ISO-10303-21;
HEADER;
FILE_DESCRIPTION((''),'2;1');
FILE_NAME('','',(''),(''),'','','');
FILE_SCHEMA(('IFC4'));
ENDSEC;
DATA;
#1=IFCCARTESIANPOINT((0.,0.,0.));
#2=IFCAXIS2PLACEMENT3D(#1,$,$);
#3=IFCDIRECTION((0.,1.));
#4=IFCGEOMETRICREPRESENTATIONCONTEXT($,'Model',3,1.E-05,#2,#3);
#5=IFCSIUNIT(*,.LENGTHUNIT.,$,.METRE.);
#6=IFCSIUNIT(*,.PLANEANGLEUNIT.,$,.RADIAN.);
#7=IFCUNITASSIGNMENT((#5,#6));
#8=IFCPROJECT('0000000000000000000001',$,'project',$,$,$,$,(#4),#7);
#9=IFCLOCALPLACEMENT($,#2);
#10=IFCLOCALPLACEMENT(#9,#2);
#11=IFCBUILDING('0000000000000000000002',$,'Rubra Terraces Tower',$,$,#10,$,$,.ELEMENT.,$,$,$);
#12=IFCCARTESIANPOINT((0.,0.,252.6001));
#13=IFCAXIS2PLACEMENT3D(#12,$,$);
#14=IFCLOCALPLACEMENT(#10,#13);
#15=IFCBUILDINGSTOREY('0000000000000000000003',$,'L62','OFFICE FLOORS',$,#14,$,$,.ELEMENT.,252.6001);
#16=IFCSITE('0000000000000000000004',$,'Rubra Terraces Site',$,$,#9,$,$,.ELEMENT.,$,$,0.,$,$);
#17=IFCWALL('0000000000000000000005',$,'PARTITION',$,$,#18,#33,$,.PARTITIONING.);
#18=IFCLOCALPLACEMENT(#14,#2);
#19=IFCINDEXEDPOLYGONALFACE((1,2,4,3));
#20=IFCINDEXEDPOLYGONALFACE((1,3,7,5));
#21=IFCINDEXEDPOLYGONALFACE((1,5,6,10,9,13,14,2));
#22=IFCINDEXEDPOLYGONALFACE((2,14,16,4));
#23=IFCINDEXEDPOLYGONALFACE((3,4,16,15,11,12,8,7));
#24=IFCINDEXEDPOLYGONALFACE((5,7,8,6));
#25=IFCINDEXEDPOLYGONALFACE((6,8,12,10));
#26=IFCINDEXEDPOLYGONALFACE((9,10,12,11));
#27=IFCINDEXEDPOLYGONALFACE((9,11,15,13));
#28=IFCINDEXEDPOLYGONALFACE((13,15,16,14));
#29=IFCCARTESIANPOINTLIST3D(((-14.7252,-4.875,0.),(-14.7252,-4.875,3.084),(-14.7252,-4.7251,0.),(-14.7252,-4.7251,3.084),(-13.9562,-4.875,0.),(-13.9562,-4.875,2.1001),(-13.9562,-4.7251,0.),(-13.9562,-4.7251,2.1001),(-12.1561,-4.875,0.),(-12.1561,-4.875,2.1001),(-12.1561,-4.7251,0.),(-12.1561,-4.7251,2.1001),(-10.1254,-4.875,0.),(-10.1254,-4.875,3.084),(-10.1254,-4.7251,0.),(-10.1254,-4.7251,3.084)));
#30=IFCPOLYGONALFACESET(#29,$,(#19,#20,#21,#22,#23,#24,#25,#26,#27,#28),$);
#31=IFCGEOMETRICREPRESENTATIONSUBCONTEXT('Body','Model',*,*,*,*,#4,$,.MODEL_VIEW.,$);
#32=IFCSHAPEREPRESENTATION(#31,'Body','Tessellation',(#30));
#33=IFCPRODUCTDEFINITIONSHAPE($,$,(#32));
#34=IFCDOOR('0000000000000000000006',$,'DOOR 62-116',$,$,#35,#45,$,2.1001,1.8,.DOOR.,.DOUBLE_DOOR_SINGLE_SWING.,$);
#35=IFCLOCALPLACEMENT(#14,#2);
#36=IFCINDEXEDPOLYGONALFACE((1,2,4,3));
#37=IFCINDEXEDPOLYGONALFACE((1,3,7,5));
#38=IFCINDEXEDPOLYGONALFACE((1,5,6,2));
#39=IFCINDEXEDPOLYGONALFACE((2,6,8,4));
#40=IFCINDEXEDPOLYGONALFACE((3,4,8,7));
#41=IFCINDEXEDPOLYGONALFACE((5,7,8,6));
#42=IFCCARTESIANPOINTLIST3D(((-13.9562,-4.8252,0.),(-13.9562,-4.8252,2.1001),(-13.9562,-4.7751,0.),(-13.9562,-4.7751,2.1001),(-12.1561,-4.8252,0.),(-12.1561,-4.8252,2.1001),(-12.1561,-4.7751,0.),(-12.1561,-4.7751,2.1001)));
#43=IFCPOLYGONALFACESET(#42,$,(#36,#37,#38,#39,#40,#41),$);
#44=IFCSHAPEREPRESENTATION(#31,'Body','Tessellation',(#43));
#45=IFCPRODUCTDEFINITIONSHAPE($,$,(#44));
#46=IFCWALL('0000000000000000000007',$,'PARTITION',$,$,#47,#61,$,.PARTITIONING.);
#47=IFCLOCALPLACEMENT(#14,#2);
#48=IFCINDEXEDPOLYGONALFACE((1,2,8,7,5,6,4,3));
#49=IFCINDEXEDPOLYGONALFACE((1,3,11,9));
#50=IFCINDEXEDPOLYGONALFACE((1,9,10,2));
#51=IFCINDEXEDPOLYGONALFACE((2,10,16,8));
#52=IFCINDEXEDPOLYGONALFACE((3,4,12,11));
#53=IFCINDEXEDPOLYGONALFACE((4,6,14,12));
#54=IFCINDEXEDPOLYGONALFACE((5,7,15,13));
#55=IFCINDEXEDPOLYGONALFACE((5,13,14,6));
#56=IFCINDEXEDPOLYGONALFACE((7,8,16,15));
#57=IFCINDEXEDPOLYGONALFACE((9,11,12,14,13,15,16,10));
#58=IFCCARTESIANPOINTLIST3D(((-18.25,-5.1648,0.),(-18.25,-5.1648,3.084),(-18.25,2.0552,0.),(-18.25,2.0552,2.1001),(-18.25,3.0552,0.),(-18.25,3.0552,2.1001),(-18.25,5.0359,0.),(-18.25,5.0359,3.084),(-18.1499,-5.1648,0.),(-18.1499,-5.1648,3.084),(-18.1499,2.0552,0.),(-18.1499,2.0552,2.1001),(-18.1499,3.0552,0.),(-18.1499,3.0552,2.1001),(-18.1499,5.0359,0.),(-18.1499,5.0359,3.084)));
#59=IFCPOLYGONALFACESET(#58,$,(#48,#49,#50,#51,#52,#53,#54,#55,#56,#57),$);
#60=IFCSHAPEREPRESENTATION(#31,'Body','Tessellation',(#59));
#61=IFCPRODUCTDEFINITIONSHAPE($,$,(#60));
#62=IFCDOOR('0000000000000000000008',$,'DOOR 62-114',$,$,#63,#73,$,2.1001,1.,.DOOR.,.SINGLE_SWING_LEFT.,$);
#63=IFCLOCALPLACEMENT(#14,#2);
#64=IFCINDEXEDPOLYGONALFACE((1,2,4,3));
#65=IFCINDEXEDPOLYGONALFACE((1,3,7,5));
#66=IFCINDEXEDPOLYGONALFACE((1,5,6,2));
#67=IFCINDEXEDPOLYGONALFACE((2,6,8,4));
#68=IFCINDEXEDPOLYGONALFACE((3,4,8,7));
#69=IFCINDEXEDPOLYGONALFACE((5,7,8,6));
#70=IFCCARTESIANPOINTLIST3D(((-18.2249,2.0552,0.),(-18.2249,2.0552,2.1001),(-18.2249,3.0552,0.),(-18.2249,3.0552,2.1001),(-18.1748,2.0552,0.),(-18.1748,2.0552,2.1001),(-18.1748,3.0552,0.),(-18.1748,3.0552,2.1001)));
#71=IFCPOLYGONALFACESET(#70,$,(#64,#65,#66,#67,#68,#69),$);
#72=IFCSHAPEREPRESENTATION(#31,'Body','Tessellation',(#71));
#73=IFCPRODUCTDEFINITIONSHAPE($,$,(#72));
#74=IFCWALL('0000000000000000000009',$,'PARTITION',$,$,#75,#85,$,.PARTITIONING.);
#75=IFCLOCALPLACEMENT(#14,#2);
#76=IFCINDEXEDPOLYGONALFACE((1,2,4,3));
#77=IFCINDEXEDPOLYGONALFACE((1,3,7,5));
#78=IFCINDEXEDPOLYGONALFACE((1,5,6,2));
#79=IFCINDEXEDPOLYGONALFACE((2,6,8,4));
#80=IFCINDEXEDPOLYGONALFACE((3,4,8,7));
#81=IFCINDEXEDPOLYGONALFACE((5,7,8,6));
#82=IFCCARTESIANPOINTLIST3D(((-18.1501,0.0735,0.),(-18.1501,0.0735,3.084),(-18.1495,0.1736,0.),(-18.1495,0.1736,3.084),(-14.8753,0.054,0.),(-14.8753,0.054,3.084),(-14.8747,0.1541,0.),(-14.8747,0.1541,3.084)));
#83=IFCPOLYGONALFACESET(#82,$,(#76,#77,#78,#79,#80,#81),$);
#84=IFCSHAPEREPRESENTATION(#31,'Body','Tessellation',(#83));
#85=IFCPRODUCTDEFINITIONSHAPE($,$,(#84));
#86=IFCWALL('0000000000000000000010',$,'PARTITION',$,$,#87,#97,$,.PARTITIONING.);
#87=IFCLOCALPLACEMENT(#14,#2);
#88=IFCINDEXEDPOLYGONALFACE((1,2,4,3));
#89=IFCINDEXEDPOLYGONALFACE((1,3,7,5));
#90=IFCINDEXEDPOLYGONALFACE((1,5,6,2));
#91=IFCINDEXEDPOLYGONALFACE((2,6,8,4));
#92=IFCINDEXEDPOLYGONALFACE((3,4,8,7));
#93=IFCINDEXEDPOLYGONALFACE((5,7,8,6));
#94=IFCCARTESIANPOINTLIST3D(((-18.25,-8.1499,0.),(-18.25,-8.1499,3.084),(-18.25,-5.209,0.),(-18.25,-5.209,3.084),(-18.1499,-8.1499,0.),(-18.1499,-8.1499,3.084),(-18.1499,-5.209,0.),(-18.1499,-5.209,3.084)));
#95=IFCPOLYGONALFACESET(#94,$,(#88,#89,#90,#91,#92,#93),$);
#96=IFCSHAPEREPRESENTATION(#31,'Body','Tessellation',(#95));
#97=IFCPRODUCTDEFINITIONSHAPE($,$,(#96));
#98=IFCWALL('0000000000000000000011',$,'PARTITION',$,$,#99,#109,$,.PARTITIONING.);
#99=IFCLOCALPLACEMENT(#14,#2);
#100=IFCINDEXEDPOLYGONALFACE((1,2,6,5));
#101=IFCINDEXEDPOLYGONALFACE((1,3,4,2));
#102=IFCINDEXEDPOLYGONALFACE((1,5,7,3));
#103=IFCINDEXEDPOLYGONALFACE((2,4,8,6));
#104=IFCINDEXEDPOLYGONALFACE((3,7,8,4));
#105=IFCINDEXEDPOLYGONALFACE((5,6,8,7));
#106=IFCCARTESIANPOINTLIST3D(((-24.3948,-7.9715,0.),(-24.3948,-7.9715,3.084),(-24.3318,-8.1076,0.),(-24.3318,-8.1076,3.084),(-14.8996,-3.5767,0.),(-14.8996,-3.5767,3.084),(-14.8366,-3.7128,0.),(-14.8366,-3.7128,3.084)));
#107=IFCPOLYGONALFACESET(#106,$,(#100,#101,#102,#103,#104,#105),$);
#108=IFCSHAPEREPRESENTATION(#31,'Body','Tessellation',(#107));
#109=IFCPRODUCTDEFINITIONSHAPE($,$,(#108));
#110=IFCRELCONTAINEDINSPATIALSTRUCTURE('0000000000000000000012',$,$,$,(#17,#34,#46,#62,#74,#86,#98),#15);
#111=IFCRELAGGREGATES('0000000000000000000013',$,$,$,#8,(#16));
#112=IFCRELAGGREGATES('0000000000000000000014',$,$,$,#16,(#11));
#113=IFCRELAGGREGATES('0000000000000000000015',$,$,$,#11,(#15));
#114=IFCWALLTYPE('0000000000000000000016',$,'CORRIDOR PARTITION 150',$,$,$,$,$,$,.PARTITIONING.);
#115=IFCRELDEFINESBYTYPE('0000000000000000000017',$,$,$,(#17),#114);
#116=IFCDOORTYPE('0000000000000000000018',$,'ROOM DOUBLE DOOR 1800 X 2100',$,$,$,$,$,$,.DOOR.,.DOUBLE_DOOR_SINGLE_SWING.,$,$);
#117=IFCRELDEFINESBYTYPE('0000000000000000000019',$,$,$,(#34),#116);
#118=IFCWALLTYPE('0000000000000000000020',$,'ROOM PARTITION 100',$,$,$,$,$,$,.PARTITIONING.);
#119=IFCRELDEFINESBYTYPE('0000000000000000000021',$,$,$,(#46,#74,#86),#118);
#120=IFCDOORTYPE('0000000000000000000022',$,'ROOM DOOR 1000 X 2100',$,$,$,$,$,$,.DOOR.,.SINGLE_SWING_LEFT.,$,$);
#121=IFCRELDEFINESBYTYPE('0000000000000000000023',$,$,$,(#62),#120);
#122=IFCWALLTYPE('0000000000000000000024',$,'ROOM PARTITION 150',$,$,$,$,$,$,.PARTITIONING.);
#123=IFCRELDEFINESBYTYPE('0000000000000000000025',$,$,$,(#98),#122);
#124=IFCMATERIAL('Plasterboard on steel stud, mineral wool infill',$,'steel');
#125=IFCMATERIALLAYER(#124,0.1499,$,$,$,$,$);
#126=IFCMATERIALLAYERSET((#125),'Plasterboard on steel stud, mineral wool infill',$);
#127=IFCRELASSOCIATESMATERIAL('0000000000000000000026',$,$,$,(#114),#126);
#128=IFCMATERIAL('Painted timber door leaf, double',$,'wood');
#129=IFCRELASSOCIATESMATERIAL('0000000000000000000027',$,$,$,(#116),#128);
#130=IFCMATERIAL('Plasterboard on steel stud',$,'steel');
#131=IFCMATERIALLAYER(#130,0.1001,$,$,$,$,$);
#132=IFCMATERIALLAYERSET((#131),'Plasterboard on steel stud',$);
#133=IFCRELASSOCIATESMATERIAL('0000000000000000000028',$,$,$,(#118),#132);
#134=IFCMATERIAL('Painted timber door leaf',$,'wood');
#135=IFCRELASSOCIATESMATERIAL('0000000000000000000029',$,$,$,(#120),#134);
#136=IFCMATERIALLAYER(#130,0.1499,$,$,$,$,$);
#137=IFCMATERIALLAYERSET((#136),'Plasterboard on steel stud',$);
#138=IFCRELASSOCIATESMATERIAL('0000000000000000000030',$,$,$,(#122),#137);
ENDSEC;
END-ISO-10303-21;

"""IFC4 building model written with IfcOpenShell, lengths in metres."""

from ifc_helpers import new_model, si_unit, direction, frame, frame_2d, origin, place, context, subcontext, project, spatial, rectangle, extrude, material, layer, layer_set, type_object, element, fill, save


model = new_model("IFC4")

# Units and contexts
model_context = context("Model", 3, precision=1e-05, world=origin(), true_north=direction((0.0, 1.0)))
body_context = subcontext(model_context, "Body", "Model", "MODEL_VIEW")
ifc_project = project(units=[si_unit("LENGTHUNIT", "METRE"), si_unit("PLANEANGLEUNIT", "RADIAN")], contexts=[model_context])

# Site, building, storey
site_placement = place(None, origin())
site = spatial("IfcSite", under=ifc_project, at=site_placement, Name="Rubra Terraces Site", CompositionType="ELEMENT", RefElevation=0.0)
building_placement = place(site_placement, origin())
building = spatial("IfcBuilding", under=site, at=building_placement, Name="Rubra Terraces Tower", CompositionType="ELEMENT")
storey_placement = place(building_placement, frame((0.0, 0.0, 252.6001)))
storey = spatial("IfcBuildingStorey", under=building, at=storey_placement, Name="L62", Description="OFFICE FLOORS", CompositionType="ELEMENT", Elevation=252.6001)

# Shared definitions
ifc_material_1 = material(Name="Plasterboard on steel stud, mineral wool infill", Category="steel")
ifc_layer_1 = layer(ifc_material_1, 0.1499)
ifc_layer_set_1 = layer_set([ifc_layer_1], Name="Plasterboard on steel stud, mineral wool infill")
wall_type_1 = type_object("IfcWallType", Name="CORRIDOR PARTITION 150", PredefinedType="PARTITIONING", material=ifc_layer_set_1)

# Walls, openings, doors
wall_1_placement = place(storey_placement, frame((-14.7251, -4.8, 0.0), z_axis=(0.0, 0.0, 1.0), x_axis=(1.0, 0.0, 0.0)))
wall_1 = element("IfcWall", 1, at=wall_1_placement, inside=storey, type_object=wall_type_1, Name="PARTITION", PredefinedType="PARTITIONING", context=body_context, shape_type="SweptSolid", body=[
    extrude(rectangle(XDim=4.5999, YDim=0.1499, at=frame_2d((2.2998, 0.0))), origin(), (0.0, 0.0, 1.0), 3.084),
])
opening_1_placement = place(wall_1_placement, frame((0.769, 0.0, 0.0)))
opening_1 = element("IfcOpeningElement", 2, at=opening_1_placement, cuts=wall_1, PredefinedType="OPENING", context=body_context, shape_type="SweptSolid", body=[
    extrude(rectangle(XDim=1.8, YDim=2.1001, at=frame_2d((0.8999, 1.05))), frame((0.0, 0.085, 0.0), z_axis=(0.0, -1.0, 0.0), x_axis=(1.0, 0.0, 0.0)), (0.0, 0.0, 1.0), 0.1699),
])
ifc_material_2 = material(Name="Painted timber door leaf, double", Category="wood")
door_type_1 = type_object("IfcDoorType", Name="ROOM DOUBLE DOOR 1800 X 2100", OperationType="DOUBLE_DOOR_SINGLE_SWING", PredefinedType="DOOR", material=ifc_material_2)
door_1_placement = place(opening_1_placement, origin())
door_1 = element("IfcDoor", 3, at=door_1_placement, inside=storey, type_object=door_type_1, Name="DOOR 62-116", OperationType="DOUBLE_DOOR_SINGLE_SWING", OverallHeight=2.1001, OverallWidth=1.8, PredefinedType="DOOR", context=body_context, shape_type="SweptSolid", body=[
    extrude(rectangle(XDim=1.8, YDim=2.1001, at=frame_2d((0.8999, 1.05))), frame((0.0, 0.0249, 0.0), z_axis=(0.0, -1.0, 0.0), x_axis=(1.0, 0.0, 0.0)), (0.0, 0.0, 1.0), 0.05),
])
fill(opening_1, door_1)
ifc_material_3 = material(Name="Plasterboard on steel stud", Category="steel")
ifc_layer_2 = layer(ifc_material_3, 0.1001)
ifc_layer_set_2 = layer_set([ifc_layer_2], Name="Plasterboard on steel stud")
wall_type_2 = type_object("IfcWallType", Name="ROOM PARTITION 100", PredefinedType="PARTITIONING", material=ifc_layer_set_2)
wall_2_placement = place(storey_placement, frame((-18.2, -5.1648, 0.0), z_axis=(0.0, 0.0, 1.0), x_axis=(0.0, 1.0, 0.0)))
wall_2 = element("IfcWall", 4, at=wall_2_placement, inside=storey, type_object=wall_type_2, Name="PARTITION", PredefinedType="PARTITIONING", context=body_context, shape_type="SweptSolid", body=[
    extrude(rectangle(XDim=10.2007, YDim=0.1001, at=frame_2d((5.1003, 0.0))), origin(), (0.0, 0.0, 1.0), 3.084),
])
opening_2_placement = place(wall_2_placement, frame((7.22, 0.0, 0.0)))
opening_2 = element("IfcOpeningElement", 5, at=opening_2_placement, cuts=wall_2, PredefinedType="OPENING", context=body_context, shape_type="SweptSolid", body=[
    extrude(rectangle(XDim=1.0, YDim=2.1001, at=frame_2d((0.5, 1.05))), frame((0.0, 0.0601, 0.0), z_axis=(0.0, -1.0, 0.0), x_axis=(1.0, 0.0, 0.0)), (0.0, 0.0, 1.0), 0.1201),
])
ifc_material_4 = material(Name="Painted timber door leaf", Category="wood")
door_type_2 = type_object("IfcDoorType", Name="ROOM DOOR 1000 X 2100", OperationType="SINGLE_SWING_LEFT", PredefinedType="DOOR", material=ifc_material_4)
door_2_placement = place(opening_2_placement, origin())
door_2 = element("IfcDoor", 6, at=door_2_placement, inside=storey, type_object=door_type_2, Name="DOOR 62-114", OperationType="SINGLE_SWING_LEFT", OverallHeight=2.1001, OverallWidth=1.0, PredefinedType="DOOR", context=body_context, shape_type="SweptSolid", body=[
    extrude(rectangle(XDim=1.0, YDim=2.1001, at=frame_2d((0.5, 1.05))), frame((0.0, 0.0249, 0.0), z_axis=(0.0, -1.0, 0.0), x_axis=(1.0, 0.0, 0.0)), (0.0, 0.0, 1.0), 0.05),
])
fill(opening_2, door_2)

# Walls
wall_3_placement = place(storey_placement, frame((-14.875, 0.104, 0.0), z_axis=(0.0, 0.0, 1.0), x_axis=(-0.999982, 0.005964, 0.0)))
element("IfcWall", 7, at=wall_3_placement, inside=storey, type_object=wall_type_2, Name="PARTITION", PredefinedType="PARTITIONING", context=body_context, shape_type="SweptSolid", body=[
    extrude(rectangle(XDim=3.2749, YDim=0.1001, at=frame_2d((1.6375, 0.0))), origin(), (0.0, 0.0, 1.0), 3.084),
])
wall_4_placement = place(storey_placement, frame((-18.2, -8.1499, 0.0), z_axis=(0.0, 0.0, 1.0), x_axis=(0.0, 1.0, 0.0)))
element("IfcWall", 8, at=wall_4_placement, inside=storey, type_object=wall_type_2, Name="PARTITION", PredefinedType="PARTITIONING", context=body_context, shape_type="SweptSolid", body=[
    extrude(rectangle(XDim=2.9409, YDim=0.1001, at=frame_2d((1.4705, 0.0))), origin(), (0.0, 0.0, 1.0), 3.084),
])
ifc_layer_3 = layer(ifc_material_3, 0.1499)
ifc_layer_set_3 = layer_set([ifc_layer_3], Name="Plasterboard on steel stud")
wall_type_3 = type_object("IfcWallType", Name="ROOM PARTITION 150", PredefinedType="PARTITIONING", material=ifc_layer_set_3)
wall_5_placement = place(storey_placement, frame((-24.3633, -8.0396, 0.0), z_axis=(0.0, 0.0, 1.0), x_axis=(0.907507, 0.420036, 0.0)))
element("IfcWall", 9, at=wall_5_placement, inside=storey, type_object=wall_type_3, Name="PARTITION", PredefinedType="PARTITIONING", context=body_context, shape_type="SweptSolid", body=[
    extrude(rectangle(XDim=10.4629, YDim=0.1499, at=frame_2d((5.2314, 0.0))), origin(), (0.0, 0.0, 1.0), 3.084),
])

save(model, "model.ifc")
